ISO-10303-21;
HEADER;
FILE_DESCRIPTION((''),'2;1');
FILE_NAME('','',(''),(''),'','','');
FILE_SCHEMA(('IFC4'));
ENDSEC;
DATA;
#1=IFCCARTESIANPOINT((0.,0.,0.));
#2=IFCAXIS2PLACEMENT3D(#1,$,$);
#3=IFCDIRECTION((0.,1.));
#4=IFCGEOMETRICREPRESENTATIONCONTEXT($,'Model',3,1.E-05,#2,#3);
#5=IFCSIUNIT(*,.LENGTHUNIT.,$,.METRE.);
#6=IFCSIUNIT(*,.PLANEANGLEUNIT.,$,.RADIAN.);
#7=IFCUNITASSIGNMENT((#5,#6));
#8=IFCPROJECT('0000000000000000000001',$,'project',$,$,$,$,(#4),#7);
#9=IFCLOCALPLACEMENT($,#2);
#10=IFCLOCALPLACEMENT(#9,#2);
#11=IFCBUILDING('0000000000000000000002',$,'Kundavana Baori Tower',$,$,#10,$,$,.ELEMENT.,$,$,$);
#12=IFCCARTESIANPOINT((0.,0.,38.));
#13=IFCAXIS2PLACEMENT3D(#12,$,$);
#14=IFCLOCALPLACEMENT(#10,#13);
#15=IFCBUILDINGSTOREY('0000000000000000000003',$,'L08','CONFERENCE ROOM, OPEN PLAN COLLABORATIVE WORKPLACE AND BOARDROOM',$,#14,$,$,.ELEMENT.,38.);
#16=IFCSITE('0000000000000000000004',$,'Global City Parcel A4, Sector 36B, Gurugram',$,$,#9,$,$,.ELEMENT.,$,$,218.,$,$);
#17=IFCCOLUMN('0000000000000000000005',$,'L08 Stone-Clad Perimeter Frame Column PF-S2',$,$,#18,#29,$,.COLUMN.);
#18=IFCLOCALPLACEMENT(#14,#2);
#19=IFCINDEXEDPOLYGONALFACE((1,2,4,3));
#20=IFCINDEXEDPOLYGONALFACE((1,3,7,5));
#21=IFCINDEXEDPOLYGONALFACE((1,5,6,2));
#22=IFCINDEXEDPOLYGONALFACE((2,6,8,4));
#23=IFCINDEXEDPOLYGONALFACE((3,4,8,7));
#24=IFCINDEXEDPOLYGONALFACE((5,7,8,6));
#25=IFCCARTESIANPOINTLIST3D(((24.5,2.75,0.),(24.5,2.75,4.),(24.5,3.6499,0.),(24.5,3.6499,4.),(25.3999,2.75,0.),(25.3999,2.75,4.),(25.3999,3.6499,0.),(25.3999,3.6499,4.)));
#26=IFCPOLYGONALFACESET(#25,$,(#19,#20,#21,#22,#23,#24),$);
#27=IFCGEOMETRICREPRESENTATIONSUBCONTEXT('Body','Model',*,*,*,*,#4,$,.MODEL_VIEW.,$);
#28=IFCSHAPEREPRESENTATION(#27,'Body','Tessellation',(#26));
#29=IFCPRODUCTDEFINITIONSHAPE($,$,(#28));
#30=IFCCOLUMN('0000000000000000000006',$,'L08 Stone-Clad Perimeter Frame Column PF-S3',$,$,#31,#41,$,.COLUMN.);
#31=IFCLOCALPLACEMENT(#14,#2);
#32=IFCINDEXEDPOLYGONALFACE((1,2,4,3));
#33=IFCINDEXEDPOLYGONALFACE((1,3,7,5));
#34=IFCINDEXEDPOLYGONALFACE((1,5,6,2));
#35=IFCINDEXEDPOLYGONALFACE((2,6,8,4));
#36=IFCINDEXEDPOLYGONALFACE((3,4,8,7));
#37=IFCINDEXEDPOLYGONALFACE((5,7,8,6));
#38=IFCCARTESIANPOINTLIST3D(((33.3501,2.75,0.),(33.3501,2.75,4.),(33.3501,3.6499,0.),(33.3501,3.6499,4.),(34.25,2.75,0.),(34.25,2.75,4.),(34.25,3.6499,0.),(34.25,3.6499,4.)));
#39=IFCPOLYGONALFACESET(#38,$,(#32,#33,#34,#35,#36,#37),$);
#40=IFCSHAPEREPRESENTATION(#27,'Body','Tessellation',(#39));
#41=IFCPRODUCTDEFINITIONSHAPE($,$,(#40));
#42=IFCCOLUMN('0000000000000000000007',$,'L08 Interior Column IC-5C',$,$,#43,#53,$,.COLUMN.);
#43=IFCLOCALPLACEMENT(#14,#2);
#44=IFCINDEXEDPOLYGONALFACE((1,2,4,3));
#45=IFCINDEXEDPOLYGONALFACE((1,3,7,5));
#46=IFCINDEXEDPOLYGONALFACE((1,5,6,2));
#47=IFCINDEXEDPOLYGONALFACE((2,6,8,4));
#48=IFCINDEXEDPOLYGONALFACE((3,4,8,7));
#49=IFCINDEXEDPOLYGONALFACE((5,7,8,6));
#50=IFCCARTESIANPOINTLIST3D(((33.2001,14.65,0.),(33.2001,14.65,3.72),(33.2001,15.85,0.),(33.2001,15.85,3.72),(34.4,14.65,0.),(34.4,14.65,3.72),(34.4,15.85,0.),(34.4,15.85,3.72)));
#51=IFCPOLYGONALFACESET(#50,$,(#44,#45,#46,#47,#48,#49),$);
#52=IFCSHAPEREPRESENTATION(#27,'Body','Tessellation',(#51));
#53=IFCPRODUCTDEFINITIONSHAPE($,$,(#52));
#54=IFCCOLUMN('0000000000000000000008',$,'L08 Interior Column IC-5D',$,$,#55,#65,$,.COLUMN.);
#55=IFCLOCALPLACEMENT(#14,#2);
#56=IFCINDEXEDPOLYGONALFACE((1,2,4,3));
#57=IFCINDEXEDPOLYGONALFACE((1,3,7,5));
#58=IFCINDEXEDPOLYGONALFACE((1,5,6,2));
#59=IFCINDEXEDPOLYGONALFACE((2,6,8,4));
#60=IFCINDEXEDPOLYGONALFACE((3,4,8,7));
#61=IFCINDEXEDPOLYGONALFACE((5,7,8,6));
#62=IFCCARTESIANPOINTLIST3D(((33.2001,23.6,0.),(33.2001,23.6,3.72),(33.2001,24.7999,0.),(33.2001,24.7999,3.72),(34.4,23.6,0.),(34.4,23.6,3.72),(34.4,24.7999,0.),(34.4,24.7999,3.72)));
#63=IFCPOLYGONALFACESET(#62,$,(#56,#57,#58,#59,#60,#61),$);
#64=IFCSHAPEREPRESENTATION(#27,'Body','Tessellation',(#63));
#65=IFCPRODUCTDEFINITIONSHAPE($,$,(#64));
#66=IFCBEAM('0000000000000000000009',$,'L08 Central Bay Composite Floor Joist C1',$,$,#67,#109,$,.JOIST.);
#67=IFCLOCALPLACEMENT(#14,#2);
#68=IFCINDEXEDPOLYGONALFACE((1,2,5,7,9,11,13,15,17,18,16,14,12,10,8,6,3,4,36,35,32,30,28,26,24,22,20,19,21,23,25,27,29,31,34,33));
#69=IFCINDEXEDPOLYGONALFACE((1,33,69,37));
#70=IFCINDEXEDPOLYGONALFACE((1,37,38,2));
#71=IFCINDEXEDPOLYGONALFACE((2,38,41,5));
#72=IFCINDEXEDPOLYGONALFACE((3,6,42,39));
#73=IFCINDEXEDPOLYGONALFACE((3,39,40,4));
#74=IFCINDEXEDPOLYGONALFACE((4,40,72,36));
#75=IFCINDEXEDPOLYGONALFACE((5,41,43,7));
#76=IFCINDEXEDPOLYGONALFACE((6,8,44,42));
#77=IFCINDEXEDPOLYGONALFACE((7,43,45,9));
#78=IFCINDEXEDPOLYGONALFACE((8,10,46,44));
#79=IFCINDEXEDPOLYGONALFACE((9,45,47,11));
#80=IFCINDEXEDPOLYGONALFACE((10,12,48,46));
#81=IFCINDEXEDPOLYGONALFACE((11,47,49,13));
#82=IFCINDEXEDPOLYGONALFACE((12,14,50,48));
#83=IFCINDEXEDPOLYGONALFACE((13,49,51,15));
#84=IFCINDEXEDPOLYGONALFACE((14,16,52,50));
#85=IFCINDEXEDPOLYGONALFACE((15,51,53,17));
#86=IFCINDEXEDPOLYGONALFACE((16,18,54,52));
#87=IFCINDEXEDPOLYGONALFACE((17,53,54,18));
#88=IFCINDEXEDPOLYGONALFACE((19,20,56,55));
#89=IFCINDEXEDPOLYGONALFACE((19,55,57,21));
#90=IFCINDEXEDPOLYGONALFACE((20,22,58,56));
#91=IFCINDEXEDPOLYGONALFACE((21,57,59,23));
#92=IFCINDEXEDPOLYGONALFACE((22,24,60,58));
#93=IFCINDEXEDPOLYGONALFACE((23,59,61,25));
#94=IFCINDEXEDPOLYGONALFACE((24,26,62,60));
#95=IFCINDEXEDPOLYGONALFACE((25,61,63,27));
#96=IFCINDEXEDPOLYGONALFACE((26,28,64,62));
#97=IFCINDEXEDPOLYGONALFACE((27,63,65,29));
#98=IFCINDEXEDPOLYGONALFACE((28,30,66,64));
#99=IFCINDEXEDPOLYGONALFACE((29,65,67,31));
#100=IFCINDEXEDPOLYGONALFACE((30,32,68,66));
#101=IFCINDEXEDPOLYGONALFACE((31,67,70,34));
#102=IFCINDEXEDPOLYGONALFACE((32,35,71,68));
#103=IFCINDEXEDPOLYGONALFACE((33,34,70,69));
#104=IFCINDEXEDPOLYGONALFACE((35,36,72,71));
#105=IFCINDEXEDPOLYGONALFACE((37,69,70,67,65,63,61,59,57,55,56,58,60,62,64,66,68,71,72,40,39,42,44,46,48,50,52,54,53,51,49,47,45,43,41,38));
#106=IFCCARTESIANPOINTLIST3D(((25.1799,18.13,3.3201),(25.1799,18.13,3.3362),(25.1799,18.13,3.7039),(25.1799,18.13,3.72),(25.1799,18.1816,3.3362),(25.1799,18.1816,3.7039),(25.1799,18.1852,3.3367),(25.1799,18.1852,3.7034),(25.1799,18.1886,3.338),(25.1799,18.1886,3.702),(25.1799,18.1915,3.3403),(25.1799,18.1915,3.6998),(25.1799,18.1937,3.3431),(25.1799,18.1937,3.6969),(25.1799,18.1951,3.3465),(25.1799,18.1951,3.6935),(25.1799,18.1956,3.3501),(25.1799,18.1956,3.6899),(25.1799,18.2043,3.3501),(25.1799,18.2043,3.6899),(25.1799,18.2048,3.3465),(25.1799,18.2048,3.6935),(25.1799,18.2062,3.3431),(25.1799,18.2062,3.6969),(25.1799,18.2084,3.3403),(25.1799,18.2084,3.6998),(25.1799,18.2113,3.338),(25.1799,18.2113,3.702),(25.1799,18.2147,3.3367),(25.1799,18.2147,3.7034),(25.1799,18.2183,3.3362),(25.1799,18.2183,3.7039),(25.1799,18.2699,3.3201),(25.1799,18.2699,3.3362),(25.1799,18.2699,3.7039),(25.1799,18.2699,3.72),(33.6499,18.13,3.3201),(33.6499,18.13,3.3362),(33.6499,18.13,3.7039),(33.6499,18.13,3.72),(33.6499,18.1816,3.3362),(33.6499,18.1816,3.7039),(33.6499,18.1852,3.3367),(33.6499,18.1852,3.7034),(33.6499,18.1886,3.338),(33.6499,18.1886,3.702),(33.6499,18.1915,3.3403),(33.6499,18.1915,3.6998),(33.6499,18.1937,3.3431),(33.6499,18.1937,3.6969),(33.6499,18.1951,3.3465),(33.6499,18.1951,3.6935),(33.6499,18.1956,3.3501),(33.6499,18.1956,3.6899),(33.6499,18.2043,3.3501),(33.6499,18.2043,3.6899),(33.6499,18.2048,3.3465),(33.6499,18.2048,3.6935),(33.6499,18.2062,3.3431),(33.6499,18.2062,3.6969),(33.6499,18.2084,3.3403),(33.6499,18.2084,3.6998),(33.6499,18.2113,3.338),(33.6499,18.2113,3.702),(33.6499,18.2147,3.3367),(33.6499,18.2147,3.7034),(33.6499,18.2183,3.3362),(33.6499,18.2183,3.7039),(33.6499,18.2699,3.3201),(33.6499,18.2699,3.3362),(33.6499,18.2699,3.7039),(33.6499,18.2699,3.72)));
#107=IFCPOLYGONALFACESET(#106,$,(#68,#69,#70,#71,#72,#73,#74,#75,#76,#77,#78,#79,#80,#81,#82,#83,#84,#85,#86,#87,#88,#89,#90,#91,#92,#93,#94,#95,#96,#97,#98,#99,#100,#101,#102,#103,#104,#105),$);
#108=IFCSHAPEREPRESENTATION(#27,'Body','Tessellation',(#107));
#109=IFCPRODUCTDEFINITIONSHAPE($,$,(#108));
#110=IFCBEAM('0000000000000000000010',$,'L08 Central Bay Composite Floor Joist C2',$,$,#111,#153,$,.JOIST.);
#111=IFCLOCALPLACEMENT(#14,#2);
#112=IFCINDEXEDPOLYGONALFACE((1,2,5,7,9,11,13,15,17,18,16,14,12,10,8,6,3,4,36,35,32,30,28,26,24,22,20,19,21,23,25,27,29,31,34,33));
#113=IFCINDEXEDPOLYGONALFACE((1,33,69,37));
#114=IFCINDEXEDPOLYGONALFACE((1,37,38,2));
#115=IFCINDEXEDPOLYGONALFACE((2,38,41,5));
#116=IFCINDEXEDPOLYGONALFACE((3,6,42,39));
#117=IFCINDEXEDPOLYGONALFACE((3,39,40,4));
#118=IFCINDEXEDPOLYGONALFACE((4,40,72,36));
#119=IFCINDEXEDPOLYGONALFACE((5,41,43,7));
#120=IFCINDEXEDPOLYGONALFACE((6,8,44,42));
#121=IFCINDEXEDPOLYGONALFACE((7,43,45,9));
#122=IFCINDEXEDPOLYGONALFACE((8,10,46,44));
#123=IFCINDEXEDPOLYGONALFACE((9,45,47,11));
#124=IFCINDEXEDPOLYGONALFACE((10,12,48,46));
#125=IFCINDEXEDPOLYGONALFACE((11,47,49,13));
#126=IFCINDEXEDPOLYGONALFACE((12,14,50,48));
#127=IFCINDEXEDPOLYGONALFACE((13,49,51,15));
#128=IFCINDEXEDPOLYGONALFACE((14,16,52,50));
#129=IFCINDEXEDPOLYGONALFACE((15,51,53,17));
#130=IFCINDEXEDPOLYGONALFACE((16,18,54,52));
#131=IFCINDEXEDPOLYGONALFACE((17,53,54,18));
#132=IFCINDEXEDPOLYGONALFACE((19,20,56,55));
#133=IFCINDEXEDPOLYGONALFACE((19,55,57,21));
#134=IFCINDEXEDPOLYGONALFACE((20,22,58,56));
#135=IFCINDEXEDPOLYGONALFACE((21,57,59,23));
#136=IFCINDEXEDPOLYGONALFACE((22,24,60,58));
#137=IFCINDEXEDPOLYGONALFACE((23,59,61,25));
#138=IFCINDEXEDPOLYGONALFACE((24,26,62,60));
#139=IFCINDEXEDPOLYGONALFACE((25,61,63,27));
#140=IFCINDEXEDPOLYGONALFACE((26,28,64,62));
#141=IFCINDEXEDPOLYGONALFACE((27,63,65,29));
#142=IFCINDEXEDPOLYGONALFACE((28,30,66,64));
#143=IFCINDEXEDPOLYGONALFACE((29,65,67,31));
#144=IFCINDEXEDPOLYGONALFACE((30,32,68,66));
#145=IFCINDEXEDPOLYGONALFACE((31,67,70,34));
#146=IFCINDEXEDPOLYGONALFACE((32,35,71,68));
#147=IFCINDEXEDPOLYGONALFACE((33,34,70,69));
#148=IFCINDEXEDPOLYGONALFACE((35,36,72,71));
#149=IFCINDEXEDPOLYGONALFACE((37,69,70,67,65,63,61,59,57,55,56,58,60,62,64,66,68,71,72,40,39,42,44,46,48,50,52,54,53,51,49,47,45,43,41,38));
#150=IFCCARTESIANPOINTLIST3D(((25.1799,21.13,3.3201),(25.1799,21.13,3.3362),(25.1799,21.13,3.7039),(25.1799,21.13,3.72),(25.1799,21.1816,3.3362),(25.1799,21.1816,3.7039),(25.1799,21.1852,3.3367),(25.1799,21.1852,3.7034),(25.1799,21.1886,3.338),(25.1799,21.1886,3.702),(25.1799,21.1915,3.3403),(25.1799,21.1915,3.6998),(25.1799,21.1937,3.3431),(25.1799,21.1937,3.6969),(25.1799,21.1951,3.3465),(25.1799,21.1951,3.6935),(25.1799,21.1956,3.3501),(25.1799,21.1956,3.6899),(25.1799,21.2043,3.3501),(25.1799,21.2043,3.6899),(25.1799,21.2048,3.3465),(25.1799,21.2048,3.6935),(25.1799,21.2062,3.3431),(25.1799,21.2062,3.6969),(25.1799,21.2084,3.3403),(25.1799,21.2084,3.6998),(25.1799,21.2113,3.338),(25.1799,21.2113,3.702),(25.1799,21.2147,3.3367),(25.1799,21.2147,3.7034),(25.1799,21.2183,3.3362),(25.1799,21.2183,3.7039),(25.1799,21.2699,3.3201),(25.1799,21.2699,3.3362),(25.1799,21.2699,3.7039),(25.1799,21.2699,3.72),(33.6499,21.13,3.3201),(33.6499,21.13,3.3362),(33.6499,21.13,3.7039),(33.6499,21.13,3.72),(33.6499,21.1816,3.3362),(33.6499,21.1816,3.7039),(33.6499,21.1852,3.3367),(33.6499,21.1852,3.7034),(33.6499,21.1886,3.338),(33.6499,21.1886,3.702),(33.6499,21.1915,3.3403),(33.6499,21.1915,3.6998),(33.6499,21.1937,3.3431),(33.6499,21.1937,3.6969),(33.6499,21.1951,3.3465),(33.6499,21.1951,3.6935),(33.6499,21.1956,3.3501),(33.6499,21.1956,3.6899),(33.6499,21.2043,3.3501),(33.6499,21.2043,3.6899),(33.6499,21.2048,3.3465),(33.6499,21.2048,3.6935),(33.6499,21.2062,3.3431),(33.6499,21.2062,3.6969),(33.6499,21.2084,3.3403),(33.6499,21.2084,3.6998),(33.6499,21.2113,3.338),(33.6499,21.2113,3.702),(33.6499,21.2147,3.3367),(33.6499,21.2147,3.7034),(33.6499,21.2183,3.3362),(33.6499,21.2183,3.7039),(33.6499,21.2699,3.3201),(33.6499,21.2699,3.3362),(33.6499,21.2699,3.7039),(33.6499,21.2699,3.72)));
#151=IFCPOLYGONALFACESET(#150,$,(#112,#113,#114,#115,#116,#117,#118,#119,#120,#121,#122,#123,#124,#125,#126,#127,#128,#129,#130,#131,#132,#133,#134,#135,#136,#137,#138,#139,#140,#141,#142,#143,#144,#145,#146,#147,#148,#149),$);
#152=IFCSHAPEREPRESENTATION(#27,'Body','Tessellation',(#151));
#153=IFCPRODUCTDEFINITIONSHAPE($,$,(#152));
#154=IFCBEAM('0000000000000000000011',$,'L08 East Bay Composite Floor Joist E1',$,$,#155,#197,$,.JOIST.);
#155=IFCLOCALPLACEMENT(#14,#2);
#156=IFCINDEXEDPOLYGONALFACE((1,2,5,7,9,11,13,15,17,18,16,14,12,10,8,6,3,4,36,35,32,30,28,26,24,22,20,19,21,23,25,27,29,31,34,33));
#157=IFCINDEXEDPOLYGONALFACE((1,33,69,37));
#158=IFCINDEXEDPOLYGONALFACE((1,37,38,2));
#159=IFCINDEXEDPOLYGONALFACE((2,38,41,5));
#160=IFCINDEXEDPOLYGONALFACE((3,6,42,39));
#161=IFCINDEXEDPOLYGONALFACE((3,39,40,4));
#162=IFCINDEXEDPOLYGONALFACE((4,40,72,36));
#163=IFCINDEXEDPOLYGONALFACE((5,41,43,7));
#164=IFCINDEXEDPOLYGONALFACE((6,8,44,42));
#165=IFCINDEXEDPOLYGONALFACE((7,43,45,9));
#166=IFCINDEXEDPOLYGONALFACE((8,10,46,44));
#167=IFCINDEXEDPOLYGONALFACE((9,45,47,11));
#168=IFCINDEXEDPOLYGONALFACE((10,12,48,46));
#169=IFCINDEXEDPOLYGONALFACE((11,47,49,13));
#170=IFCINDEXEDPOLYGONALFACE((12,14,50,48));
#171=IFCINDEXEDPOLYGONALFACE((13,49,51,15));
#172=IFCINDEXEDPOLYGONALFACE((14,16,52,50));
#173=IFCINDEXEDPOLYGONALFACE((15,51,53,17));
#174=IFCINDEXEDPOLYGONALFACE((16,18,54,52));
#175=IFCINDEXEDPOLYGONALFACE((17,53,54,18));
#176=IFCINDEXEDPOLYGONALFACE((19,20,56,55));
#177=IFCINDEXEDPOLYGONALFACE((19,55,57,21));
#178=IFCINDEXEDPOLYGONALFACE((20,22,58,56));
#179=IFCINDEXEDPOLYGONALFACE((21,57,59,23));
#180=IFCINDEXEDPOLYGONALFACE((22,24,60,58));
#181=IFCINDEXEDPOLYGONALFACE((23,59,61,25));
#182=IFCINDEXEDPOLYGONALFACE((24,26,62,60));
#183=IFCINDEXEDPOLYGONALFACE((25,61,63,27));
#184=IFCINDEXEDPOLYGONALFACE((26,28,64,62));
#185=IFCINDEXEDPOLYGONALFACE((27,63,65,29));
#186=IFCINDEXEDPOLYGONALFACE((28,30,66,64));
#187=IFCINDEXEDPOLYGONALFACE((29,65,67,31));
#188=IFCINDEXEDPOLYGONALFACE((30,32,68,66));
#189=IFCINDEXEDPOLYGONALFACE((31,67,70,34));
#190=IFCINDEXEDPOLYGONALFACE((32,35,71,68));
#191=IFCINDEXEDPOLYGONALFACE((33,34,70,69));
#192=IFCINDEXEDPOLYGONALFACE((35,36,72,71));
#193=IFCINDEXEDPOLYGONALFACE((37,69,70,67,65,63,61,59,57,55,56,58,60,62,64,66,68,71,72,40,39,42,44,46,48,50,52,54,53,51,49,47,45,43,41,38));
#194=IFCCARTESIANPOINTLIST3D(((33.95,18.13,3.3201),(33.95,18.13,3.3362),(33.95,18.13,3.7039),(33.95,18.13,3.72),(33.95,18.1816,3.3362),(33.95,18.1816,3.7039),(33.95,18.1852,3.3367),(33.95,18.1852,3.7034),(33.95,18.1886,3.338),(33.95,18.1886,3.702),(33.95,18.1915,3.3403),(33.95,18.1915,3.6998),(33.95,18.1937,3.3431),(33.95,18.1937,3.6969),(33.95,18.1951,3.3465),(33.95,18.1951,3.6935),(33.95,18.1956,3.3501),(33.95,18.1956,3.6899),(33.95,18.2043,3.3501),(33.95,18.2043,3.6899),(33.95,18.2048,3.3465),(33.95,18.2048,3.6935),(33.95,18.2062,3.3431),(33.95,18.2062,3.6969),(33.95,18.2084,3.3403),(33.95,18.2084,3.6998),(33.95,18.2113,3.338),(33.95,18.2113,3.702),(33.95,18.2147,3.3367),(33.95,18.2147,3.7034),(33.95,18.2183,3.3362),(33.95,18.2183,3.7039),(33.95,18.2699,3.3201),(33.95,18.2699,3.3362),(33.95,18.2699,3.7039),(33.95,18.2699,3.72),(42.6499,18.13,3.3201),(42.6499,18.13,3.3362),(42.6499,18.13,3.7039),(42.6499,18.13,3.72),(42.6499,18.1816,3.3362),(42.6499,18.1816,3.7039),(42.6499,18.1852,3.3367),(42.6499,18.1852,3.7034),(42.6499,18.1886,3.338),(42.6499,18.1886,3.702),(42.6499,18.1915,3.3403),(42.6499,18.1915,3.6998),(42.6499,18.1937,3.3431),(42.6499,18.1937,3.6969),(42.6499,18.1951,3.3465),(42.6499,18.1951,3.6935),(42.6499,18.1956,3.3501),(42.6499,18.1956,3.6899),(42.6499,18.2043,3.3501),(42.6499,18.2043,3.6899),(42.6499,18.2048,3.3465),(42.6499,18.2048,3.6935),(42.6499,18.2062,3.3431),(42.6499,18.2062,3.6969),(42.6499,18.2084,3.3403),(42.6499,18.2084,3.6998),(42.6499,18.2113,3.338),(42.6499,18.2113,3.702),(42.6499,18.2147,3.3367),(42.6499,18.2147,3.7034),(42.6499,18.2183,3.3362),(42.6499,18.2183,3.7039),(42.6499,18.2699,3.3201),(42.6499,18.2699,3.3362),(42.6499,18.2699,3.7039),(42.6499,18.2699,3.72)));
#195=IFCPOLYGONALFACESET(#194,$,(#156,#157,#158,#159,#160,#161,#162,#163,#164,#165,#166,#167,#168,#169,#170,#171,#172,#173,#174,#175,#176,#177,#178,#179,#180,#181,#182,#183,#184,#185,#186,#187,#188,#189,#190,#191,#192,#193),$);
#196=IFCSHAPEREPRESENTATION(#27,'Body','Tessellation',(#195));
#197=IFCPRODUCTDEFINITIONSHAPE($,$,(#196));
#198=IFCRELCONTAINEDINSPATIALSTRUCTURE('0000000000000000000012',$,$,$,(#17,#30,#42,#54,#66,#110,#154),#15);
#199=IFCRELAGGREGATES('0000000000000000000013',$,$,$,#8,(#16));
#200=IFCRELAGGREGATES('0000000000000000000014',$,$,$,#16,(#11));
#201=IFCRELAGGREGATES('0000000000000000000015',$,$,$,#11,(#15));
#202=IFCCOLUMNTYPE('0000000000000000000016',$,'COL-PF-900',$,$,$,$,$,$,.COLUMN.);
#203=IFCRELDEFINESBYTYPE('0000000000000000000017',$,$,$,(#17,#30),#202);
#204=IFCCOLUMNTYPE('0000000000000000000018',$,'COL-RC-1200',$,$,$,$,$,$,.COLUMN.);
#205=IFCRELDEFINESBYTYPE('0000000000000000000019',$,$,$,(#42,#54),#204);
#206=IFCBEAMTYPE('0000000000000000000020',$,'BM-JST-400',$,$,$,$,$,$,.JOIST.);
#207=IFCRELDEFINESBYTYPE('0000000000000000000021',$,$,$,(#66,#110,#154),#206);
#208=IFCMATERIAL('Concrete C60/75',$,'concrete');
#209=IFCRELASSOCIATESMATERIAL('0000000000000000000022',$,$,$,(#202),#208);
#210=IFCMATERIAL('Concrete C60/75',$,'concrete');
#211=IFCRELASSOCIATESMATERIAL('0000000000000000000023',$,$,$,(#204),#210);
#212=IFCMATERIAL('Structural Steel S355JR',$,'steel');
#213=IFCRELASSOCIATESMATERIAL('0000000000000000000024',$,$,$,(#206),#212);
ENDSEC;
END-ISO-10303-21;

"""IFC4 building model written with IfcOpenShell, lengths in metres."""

from ifc_helpers import new_model, si_unit, direction, frame, origin, origin_2d, place, context, subcontext, project, spatial, rectangle, i_section, extrude, material, material_profile, profile_set, type_object, element, save


model = new_model("IFC4")

# Units and contexts
model_context = context("Model", 3, precision=1e-05, world=origin(), true_north=direction((0.0, 1.0)))
body_context = subcontext(model_context, "Body", "Model", "MODEL_VIEW")
ifc_project = project(units=[si_unit("LENGTHUNIT", "METRE"), si_unit("PLANEANGLEUNIT", "RADIAN")], contexts=[model_context])

# Site, building, storey
site_placement = place(None, origin())
site = spatial("IfcSite", under=ifc_project, at=site_placement, Name="Global City Parcel A4, Sector 36B, Gurugram", CompositionType="ELEMENT", RefElevation=218.0)
building_placement = place(site_placement, origin())
building = spatial("IfcBuilding", under=site, at=building_placement, Name="Kundavana Baori Tower", CompositionType="ELEMENT")
storey_placement = place(building_placement, frame((0.0, 0.0, 38.0)))
storey = spatial("IfcBuildingStorey", under=building, at=storey_placement, Name="L08", Description="CONFERENCE ROOM, OPEN PLAN COLLABORATIVE WORKPLACE AND BOARDROOM", CompositionType="ELEMENT", Elevation=38.0)

# Columns
ifc_material_1 = material(Name="Concrete C60/75", Category="concrete")
ifc_material_profile_1 = material_profile(ifc_material_1, rectangle(XDim=0.8999, YDim=0.8999, at=origin_2d()), Name="RC PF 900x900")
ifc_profile_set_1 = profile_set([ifc_material_profile_1], Name="Concrete C60/75")
column_type_1 = type_object("IfcColumnType", Name="COL-PF-900", PredefinedType="COLUMN", material=ifc_profile_set_1)
for number, where, z_axis, x_axis, name in (
    (1, (24.95, 3.2, 0.0), (0.0, 0.0, 1.0), (1.0, 0.0, 0.0), "L08 Stone-Clad Perimeter Frame Column PF-S2"),
    (2, (33.8, 3.2, 0.0), (0.0, 0.0, 1.0), (1.0, 0.0, 0.0), "L08 Stone-Clad Perimeter Frame Column PF-S3"),
):
    element("IfcColumn", number, at=place(storey_placement, frame(where, z_axis=z_axis, x_axis=x_axis)), inside=storey, type_object=column_type_1, Name=name, PredefinedType="COLUMN", context=body_context, shape_type="SweptSolid", body=[
        extrude(rectangle(XDim=0.8999, YDim=0.8999, at=origin_2d()), origin(), (0.0, 0.0, 1.0), 4.0),
    ])
ifc_material_2 = material(Name="Concrete C60/75", Category="concrete")
ifc_material_profile_2 = material_profile(ifc_material_2, rectangle(XDim=1.2, YDim=1.2, at=origin_2d()), Name="RC 1200x1200")
ifc_profile_set_2 = profile_set([ifc_material_profile_2], Name="Concrete C60/75")
column_type_2 = type_object("IfcColumnType", Name="COL-RC-1200", PredefinedType="COLUMN", material=ifc_profile_set_2)
for number, where, z_axis, x_axis, name in (
    (3, (33.8, 15.25, 0.0), (0.0, 0.0, 1.0), (1.0, 0.0, 0.0), "L08 Interior Column IC-5C"),
    (4, (33.8, 24.2, 0.0), (0.0, 0.0, 1.0), (1.0, 0.0, 0.0), "L08 Interior Column IC-5D"),
):
    element("IfcColumn", number, at=place(storey_placement, frame(where, z_axis=z_axis, x_axis=x_axis)), inside=storey, type_object=column_type_2, Name=name, PredefinedType="COLUMN", context=body_context, shape_type="SweptSolid", body=[
        extrude(rectangle(XDim=1.2, YDim=1.2, at=origin_2d()), origin(), (0.0, 0.0, 1.0), 3.72),
    ])

# Beams
ifc_material_3 = material(Name="Structural Steel S355JR", Category="steel")
ifc_material_profile_3 = material_profile(ifc_material_3, i_section(OverallWidth=0.1399, OverallDepth=0.3999, WebThickness=0.0088, FlangeThickness=0.0161, FilletRadius=0.0139, at=origin_2d()), Name="ISMB 400")
ifc_profile_set_3 = profile_set([ifc_material_profile_3], Name="Structural Steel S355JR")
beam_type_1 = type_object("IfcBeamType", Name="BM-JST-400", PredefinedType="JOIST", material=ifc_profile_set_3)
for number, where, z_axis, x_axis, name in (
    (5, (25.1799, 18.2, 3.52), (1.0, 0.0, 0.0), (0.0, 1.0, 0.0), "L08 Central Bay Composite Floor Joist C1"),
    (6, (25.1799, 21.2, 3.52), (1.0, 0.0, 0.0), (0.0, 1.0, 0.0), "L08 Central Bay Composite Floor Joist C2"),
):
    element("IfcBeam", number, at=place(storey_placement, frame(where, z_axis=z_axis, x_axis=x_axis)), inside=storey, type_object=beam_type_1, Name=name, PredefinedType="JOIST", context=body_context, shape_type="SweptSolid", body=[
        extrude(i_section(OverallWidth=0.1399, OverallDepth=0.3999, WebThickness=0.0088, FlangeThickness=0.0161, FilletRadius=0.0139, at=origin_2d()), origin(), (0.0, 0.0, 1.0), 8.47),
    ])
beam_1_placement = place(storey_placement, frame((33.95, 18.2, 3.52), z_axis=(1.0, 0.0, 0.0), x_axis=(0.0, 1.0, 0.0)))
element("IfcBeam", 7, at=beam_1_placement, inside=storey, type_object=beam_type_1, Name="L08 East Bay Composite Floor Joist E1", PredefinedType="JOIST", context=body_context, shape_type="SweptSolid", body=[
    extrude(i_section(OverallWidth=0.1399, OverallDepth=0.3999, WebThickness=0.0088, FlangeThickness=0.0161, FilletRadius=0.0139, at=origin_2d()), origin(), (0.0, 0.0, 1.0), 8.7),
])

save(model, "model.ifc")
